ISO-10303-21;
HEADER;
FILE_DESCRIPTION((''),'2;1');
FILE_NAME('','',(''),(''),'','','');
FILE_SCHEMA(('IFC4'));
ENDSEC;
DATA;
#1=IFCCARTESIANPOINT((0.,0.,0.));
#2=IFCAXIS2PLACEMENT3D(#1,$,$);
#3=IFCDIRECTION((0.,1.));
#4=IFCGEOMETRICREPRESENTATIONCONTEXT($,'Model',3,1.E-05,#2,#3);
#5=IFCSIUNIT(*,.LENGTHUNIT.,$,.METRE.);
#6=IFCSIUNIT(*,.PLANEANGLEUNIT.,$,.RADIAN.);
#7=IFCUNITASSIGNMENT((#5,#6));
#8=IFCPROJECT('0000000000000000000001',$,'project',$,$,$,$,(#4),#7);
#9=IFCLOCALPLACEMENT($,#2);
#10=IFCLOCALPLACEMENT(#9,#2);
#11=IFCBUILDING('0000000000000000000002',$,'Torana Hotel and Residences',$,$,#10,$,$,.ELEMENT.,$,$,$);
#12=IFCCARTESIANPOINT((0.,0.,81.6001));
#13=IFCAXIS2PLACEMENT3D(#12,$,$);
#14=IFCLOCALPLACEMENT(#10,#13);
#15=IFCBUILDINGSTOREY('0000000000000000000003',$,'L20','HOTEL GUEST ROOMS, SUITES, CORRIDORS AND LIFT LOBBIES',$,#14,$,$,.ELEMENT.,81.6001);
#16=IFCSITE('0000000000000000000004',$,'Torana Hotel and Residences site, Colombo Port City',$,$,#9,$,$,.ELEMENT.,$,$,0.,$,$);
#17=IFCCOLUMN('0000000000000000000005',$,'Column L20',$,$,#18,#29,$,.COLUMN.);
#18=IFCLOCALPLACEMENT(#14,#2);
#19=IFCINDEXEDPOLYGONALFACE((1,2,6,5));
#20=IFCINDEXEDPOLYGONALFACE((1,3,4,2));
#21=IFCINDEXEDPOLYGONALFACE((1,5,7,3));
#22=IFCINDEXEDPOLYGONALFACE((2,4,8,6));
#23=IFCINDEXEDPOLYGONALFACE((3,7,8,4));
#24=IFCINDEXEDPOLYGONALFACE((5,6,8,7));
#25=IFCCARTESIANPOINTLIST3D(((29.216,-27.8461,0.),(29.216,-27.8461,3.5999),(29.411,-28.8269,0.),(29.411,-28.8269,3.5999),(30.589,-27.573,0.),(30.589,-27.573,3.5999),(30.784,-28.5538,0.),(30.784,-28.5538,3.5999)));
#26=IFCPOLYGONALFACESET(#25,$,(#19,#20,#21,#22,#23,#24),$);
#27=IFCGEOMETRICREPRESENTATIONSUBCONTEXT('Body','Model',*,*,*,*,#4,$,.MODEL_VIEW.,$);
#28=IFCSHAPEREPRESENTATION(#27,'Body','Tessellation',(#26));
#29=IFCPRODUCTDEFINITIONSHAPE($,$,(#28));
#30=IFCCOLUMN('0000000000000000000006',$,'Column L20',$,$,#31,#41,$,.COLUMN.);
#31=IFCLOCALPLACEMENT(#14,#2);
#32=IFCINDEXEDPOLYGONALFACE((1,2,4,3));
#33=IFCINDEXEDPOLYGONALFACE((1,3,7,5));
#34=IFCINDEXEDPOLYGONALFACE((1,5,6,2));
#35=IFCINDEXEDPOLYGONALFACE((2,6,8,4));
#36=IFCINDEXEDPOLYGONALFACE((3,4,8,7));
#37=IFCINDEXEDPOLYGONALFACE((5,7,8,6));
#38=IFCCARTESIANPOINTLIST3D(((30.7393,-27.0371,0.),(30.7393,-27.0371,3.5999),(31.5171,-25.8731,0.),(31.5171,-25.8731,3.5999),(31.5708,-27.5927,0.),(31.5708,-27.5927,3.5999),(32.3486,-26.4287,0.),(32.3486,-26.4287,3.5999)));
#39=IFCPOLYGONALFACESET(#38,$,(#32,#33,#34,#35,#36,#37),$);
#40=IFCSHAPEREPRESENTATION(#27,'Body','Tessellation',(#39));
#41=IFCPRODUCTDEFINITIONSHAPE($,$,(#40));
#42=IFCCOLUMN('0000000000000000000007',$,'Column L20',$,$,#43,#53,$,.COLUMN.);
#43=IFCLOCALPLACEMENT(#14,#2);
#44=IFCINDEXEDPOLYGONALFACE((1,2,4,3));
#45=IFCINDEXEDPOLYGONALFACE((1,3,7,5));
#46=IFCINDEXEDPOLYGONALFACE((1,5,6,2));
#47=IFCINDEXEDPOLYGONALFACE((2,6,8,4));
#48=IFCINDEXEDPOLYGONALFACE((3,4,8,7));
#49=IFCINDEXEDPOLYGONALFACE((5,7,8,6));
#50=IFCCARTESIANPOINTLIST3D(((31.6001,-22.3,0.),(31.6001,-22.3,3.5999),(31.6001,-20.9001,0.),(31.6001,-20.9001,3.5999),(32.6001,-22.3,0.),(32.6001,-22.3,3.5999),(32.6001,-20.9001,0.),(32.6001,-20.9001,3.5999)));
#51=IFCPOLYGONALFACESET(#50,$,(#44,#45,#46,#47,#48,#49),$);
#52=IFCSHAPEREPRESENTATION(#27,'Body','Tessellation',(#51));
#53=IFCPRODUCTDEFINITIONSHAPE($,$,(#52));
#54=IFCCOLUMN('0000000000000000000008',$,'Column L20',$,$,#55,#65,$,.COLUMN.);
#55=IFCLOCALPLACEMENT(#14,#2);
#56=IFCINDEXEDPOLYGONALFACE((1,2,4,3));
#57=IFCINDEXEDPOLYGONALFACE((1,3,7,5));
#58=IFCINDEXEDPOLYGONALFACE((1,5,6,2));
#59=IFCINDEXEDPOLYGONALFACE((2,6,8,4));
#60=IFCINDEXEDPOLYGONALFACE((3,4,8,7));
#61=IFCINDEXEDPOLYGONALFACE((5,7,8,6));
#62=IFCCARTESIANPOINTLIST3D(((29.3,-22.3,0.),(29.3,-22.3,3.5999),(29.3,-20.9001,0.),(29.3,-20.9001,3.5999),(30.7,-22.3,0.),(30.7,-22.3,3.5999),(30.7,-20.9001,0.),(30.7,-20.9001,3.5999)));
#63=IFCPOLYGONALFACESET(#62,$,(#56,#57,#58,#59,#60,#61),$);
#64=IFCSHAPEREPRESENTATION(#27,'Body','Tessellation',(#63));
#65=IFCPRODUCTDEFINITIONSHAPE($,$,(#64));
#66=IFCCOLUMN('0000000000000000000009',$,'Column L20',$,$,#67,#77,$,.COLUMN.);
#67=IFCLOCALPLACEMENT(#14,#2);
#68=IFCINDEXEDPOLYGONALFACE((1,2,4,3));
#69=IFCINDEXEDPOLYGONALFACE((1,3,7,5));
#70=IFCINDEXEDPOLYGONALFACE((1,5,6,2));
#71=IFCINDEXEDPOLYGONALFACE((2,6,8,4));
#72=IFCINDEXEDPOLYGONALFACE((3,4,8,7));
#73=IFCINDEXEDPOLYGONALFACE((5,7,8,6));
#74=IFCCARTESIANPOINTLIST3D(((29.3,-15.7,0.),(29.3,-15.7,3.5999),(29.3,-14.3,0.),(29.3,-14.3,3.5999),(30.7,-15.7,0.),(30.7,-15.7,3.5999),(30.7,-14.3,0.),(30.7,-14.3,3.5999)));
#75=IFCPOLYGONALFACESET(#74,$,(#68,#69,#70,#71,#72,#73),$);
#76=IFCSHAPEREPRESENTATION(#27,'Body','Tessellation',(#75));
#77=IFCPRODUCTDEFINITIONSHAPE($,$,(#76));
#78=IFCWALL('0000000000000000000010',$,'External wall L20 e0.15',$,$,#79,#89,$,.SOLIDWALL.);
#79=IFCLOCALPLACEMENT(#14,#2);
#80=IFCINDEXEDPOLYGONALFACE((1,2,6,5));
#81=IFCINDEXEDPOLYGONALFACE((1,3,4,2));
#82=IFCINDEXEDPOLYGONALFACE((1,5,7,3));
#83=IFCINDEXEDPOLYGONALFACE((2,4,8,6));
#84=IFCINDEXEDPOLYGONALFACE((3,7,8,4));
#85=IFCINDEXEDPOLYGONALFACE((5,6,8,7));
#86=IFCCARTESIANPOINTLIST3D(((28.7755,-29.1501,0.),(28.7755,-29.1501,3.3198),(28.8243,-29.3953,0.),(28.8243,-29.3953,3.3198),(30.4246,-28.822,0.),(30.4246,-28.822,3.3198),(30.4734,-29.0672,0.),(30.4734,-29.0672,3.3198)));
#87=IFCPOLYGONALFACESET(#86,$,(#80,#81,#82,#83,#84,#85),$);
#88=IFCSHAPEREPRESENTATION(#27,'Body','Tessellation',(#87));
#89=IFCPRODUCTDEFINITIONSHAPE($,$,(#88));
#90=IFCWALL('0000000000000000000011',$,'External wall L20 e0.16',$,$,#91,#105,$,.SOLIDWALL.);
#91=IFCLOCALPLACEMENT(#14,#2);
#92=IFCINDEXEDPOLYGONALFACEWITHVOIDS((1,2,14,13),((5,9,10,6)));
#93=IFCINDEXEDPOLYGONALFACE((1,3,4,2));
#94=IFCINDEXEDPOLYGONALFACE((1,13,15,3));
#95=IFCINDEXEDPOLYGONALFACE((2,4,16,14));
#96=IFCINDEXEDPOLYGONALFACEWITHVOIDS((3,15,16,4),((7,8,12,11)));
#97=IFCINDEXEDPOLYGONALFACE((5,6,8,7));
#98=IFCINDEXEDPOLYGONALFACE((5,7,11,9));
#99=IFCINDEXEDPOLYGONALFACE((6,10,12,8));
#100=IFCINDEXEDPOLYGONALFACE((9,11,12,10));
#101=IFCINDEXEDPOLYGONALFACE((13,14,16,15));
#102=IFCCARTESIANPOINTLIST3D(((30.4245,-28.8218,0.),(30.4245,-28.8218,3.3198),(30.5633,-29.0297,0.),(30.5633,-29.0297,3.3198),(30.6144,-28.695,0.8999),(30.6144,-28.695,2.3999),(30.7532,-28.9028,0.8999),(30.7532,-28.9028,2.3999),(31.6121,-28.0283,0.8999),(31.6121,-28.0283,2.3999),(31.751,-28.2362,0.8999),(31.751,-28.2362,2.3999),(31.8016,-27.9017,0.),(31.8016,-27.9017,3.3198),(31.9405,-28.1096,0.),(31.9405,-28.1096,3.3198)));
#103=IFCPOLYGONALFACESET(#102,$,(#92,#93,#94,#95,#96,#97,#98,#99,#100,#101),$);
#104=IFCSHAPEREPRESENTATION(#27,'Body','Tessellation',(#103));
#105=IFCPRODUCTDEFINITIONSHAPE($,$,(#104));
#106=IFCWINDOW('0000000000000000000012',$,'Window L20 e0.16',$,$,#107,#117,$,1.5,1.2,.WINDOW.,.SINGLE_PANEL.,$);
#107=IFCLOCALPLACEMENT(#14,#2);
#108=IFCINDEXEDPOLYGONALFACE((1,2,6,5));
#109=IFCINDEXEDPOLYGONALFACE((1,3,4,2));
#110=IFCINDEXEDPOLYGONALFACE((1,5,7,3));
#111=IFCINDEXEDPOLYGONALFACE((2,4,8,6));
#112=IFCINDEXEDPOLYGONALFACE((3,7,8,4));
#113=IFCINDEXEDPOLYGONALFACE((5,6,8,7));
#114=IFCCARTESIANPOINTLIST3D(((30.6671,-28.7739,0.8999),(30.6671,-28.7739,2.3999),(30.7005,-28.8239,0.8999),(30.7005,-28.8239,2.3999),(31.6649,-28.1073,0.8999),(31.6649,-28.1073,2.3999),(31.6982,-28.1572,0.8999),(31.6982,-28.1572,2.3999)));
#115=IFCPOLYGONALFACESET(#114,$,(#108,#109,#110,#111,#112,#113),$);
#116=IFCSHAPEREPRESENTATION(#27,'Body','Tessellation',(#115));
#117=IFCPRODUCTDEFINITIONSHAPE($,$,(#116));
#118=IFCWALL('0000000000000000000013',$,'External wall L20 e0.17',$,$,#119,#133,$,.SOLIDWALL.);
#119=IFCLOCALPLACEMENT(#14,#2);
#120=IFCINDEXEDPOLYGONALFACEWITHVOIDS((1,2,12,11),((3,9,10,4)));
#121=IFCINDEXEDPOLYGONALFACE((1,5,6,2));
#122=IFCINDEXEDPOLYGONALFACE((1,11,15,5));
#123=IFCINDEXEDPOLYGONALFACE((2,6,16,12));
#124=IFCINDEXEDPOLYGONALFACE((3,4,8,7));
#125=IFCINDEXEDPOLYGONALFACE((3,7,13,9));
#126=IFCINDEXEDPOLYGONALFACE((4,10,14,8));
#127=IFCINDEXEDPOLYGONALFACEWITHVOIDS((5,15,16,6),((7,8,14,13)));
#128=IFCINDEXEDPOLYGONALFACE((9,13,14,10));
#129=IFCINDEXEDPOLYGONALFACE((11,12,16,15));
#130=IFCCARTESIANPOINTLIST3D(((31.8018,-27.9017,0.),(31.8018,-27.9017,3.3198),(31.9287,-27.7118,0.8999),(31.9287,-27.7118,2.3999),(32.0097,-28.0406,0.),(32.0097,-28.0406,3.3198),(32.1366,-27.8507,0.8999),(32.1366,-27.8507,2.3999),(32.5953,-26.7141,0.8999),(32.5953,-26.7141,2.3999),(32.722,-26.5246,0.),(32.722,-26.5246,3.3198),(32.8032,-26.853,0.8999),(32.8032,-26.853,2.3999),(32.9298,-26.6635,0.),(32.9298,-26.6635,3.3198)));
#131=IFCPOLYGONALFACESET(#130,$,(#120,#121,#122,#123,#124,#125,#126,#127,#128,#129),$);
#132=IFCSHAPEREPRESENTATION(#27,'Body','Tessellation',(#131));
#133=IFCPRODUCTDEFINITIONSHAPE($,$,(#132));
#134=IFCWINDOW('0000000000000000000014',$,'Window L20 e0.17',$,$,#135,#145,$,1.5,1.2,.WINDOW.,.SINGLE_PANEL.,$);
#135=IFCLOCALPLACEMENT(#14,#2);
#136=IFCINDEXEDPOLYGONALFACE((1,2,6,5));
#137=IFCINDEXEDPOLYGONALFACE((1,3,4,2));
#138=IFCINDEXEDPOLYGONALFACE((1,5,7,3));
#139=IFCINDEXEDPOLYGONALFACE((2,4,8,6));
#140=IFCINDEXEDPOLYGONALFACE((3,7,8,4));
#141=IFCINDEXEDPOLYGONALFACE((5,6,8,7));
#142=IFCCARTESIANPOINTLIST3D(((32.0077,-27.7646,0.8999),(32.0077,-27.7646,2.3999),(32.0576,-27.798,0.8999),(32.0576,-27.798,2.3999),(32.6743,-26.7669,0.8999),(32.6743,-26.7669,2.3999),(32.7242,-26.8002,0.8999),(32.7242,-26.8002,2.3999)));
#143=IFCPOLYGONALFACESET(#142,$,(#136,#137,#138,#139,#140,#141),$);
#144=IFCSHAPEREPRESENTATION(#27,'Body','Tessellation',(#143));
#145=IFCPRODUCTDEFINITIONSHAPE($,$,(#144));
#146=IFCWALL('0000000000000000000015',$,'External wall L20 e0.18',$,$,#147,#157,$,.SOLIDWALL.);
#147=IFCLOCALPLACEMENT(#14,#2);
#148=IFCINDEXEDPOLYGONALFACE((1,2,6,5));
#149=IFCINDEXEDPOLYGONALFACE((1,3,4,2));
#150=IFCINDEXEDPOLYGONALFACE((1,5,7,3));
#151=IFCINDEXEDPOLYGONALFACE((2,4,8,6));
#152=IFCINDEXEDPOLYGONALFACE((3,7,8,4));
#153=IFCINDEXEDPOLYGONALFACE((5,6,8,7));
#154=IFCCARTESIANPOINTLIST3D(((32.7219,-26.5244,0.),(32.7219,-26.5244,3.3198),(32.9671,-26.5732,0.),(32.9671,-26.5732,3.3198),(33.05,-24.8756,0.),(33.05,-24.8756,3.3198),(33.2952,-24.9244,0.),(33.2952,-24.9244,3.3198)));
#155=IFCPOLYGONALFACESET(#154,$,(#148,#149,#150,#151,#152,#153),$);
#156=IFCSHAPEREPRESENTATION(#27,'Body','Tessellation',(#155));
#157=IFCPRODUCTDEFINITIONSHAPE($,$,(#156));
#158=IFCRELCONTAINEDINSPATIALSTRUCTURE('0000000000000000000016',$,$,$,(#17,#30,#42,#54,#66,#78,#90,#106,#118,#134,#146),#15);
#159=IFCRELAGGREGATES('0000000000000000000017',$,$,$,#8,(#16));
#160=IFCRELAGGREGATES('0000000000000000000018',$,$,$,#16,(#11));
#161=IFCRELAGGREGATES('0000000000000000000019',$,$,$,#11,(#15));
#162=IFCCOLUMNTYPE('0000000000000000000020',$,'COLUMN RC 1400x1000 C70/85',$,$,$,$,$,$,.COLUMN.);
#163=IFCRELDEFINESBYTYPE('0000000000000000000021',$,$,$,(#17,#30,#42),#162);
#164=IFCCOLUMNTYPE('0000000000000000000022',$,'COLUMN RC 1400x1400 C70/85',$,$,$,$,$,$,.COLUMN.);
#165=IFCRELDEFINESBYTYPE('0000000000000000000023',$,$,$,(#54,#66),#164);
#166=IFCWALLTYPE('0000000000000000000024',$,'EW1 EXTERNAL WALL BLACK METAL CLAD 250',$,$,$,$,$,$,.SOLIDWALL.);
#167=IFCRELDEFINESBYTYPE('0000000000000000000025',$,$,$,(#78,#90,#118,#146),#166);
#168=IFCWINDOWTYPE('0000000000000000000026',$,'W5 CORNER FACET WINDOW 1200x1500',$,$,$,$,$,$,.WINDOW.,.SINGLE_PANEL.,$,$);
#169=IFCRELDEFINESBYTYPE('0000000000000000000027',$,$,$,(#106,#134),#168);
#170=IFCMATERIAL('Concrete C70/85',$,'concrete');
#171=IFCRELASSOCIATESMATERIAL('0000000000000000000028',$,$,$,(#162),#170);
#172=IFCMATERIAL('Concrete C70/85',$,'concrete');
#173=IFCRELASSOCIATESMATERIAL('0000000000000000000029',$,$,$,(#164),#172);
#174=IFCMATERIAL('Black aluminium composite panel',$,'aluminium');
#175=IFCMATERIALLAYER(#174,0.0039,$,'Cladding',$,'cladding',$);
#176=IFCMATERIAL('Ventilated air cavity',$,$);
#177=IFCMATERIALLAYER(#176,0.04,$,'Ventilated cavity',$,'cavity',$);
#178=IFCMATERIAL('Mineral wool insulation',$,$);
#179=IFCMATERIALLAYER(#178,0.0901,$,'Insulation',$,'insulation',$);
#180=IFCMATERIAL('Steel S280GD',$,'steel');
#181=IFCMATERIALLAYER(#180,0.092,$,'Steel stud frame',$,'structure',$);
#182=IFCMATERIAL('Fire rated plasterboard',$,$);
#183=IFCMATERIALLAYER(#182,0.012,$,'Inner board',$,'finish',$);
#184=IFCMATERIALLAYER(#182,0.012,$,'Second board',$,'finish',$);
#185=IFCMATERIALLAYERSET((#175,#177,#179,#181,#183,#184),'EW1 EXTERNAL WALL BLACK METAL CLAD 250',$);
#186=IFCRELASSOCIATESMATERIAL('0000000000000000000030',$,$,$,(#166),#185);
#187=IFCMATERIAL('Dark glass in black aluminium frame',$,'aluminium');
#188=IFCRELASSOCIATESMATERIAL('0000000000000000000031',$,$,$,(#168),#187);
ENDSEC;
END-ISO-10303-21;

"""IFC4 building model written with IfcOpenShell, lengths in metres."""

from ifc_helpers import new_model, si_unit, direction, frame, frame_2d, origin, origin_2d, place, context, subcontext, project, spatial, rectangle, extrude, material, layer, layer_set, material_profile, profile_set, type_object, element, fill, save


model = new_model("IFC4")

# Units and contexts
model_context = context("Model", 3, precision=1e-05, world=origin(), true_north=direction((0.0, 1.0)))
body_context = subcontext(model_context, "Body", "Model", "MODEL_VIEW")
ifc_project = project(units=[si_unit("LENGTHUNIT", "METRE"), si_unit("PLANEANGLEUNIT", "RADIAN")], contexts=[model_context])

# Site, building, storey
site_placement = place(None, origin())
site = spatial("IfcSite", under=ifc_project, at=site_placement, Name="Torana Hotel and Residences site, Colombo Port City", CompositionType="ELEMENT", RefElevation=0.0)
building_placement = place(site_placement, origin())
building = spatial("IfcBuilding", under=site, at=building_placement, Name="Torana Hotel and Residences", CompositionType="ELEMENT")
storey_placement = place(building_placement, frame((0.0, 0.0, 81.6001)))
storey = spatial("IfcBuildingStorey", under=building, at=storey_placement, Name="L20", Description="HOTEL GUEST ROOMS, SUITES, CORRIDORS AND LIFT LOBBIES", CompositionType="ELEMENT", Elevation=81.6001)

# Columns
ifc_material_1 = material(Name="Concrete C70/85", Category="concrete")
ifc_material_profile_1 = material_profile(ifc_material_1, rectangle(XDim=1.3999, YDim=1.0, at=origin_2d()), Name="RC 1400x1000")
ifc_profile_set_1 = profile_set([ifc_material_profile_1], Name="Concrete C70/85")
column_type_1 = type_object("IfcColumnType", Name="COLUMN RC 1400x1000 C70/85", PredefinedType="COLUMN", material=ifc_profile_set_1)
for number, where, z_axis, x_axis, name in (
    (1, (30.0, -28.2, 0.0), (0.0, 0.0, 1.0), (0.980792, 0.195056, 0.0), "Column L20"),
    (2, (31.5439, -26.7329, 0.0), (0.0, 0.0, 1.0), (0.555585, 0.83146, 0.0), "Column L20"),
    (3, (32.1001, -21.6001, 0.0), (0.0, 0.0, 1.0), (0.0, 1.0, 0.0), "Column L20"),
):
    element("IfcColumn", number, at=place(storey_placement, frame(where, z_axis=z_axis, x_axis=x_axis)), inside=storey, type_object=column_type_1, Name=name, PredefinedType="COLUMN", context=body_context, shape_type="SweptSolid", body=[
        extrude(rectangle(XDim=1.3999, YDim=1.0, at=origin_2d()), origin(), (0.0, 0.0, 1.0), 3.5999),
    ])
ifc_material_2 = material(Name="Concrete C70/85", Category="concrete")
ifc_material_profile_2 = material_profile(ifc_material_2, rectangle(XDim=1.3999, YDim=1.3999, at=origin_2d()), Name="RC 1400x1400")
ifc_profile_set_2 = profile_set([ifc_material_profile_2], Name="Concrete C70/85")
column_type_2 = type_object("IfcColumnType", Name="COLUMN RC 1400x1400 C70/85", PredefinedType="COLUMN", material=ifc_profile_set_2)
for number, where, z_axis, x_axis, name in (
    (4, (30.0, -21.6001, 0.0), (0.0, 0.0, 1.0), (1.0, 0.0, 0.0), "Column L20"),
    (5, (30.0, -15.0, 0.0), (0.0, 0.0, 1.0), (1.0, 0.0, 0.0), "Column L20"),
):
    element("IfcColumn", number, at=place(storey_placement, frame(where, z_axis=z_axis, x_axis=x_axis)), inside=storey, type_object=column_type_2, Name=name, PredefinedType="COLUMN", context=body_context, shape_type="SweptSolid", body=[
        extrude(rectangle(XDim=1.3999, YDim=1.3999, at=origin_2d()), origin(), (0.0, 0.0, 1.0), 3.5999),
    ])

# Wall
ifc_material_3 = material(Name="Black aluminium composite panel", Category="aluminium")
ifc_layer_1 = layer(ifc_material_3, 0.0039, Name="Cladding", Category="cladding")
ifc_material_4 = material(Name="Ventilated air cavity")
ifc_layer_2 = layer(ifc_material_4, 0.04, Name="Ventilated cavity", Category="cavity")
ifc_material_5 = material(Name="Mineral wool insulation")
ifc_layer_3 = layer(ifc_material_5, 0.0901, Name="Insulation", Category="insulation")
ifc_material_6 = material(Name="Steel S280GD", Category="steel")
ifc_layer_4 = layer(ifc_material_6, 0.092, Name="Steel stud frame", Category="structure")
ifc_material_7 = material(Name="Fire rated plasterboard")
ifc_layer_5 = layer(ifc_material_7, 0.012, Name="Inner board", Category="finish")
ifc_layer_6 = layer(ifc_material_7, 0.012, Name="Second board", Category="finish")
ifc_layer_set_1 = layer_set([ifc_layer_1, ifc_layer_2, ifc_layer_3, ifc_layer_4, ifc_layer_5, ifc_layer_6], Name="EW1 EXTERNAL WALL BLACK METAL CLAD 250")
wall_type_1 = type_object("IfcWallType", Name="EW1 EXTERNAL WALL BLACK METAL CLAD 250", PredefinedType="SOLIDWALL", material=ifc_layer_set_1)
wall_1_placement = place(storey_placement, frame((28.7998, -29.2727, 0.0), z_axis=(0.0, 0.0, 1.0), x_axis=(0.980776, 0.195139, 0.0)))
element("IfcWall", 6, at=wall_1_placement, inside=storey, type_object=wall_type_1, Name="External wall L20 e0.15", PredefinedType="SOLIDWALL", context=body_context, shape_type="SweptSolid", body=[
    extrude(rectangle(XDim=1.6814, YDim=0.25, at=frame_2d((0.8408, 0.0))), origin(), (0.0, 0.0, 1.0), 3.3198),
])

# Walls, openings, windows
wall_2_placement = place(storey_placement, frame((30.4939, -28.9258, 0.0), z_axis=(0.0, 0.0, 1.0), x_axis=(0.831483, 0.55555, 0.0)))
wall_2 = element("IfcWall", 7, at=wall_2_placement, inside=storey, type_object=wall_type_1, Name="External wall L20 e0.16", PredefinedType="SOLIDWALL", context=body_context, shape_type="SweptSolid", body=[
    extrude(rectangle(XDim=1.6562, YDim=0.25, at=frame_2d((0.8281, 0.0))), origin(), (0.0, 0.0, 1.0), 3.3198),
])
opening_1_placement = place(wall_2_placement, frame((0.2283, 0.0, 0.8999)))
opening_1 = element("IfcOpeningElement", 8, at=opening_1_placement, cuts=wall_2, PredefinedType="OPENING", context=body_context, shape_type="SweptSolid", body=[
    extrude(rectangle(XDim=1.2, YDim=1.5, at=frame_2d((0.6001, 0.75))), frame((0.0, 0.135, 0.0), z_axis=(0.0, -1.0, 0.0), x_axis=(1.0, 0.0, 0.0)), (0.0, 0.0, 1.0), 0.27),
])
ifc_material_8 = material(Name="Dark glass in black aluminium frame", Category="aluminium")
window_type_1 = type_object("IfcWindowType", Name="W5 CORNER FACET WINDOW 1200x1500", PartitioningType="SINGLE_PANEL", PredefinedType="WINDOW", material=ifc_material_8)
window_1_placement = place(opening_1_placement, origin())
window_1 = element("IfcWindow", 9, at=window_1_placement, inside=storey, type_object=window_type_1, Name="Window L20 e0.16", OverallHeight=1.5, OverallWidth=1.2, PartitioningType="SINGLE_PANEL", PredefinedType="WINDOW", context=body_context, shape_type="SweptSolid", body=[
    extrude(rectangle(XDim=1.2, YDim=1.5, at=frame_2d((0.6001, 0.75))), frame((0.0, 0.03, 0.0), z_axis=(0.0, -1.0, 0.0), x_axis=(1.0, 0.0, 0.0)), (0.0, 0.0, 1.0), 0.0601),
])
fill(opening_1, window_1)
wall_3_placement = place(storey_placement, frame((31.9058, -27.9712, 0.0), z_axis=(0.0, 0.0, 1.0), x_axis=(0.55555, 0.831483, 0.0)))
wall_3 = element("IfcWall", 10, at=wall_3_placement, inside=storey, type_object=wall_type_1, Name="External wall L20 e0.17", PredefinedType="SOLIDWALL", context=body_context, shape_type="SweptSolid", body=[
    extrude(rectangle(XDim=1.6562, YDim=0.25, at=frame_2d((0.8281, 0.0))), origin(), (0.0, 0.0, 1.0), 3.3198),
])
opening_2_placement = place(wall_3_placement, frame((0.2283, 0.0, 0.8999)))
opening_2 = element("IfcOpeningElement", 11, at=opening_2_placement, cuts=wall_3, PredefinedType="OPENING", context=body_context, shape_type="SweptSolid", body=[
    extrude(rectangle(XDim=1.2, YDim=1.5, at=frame_2d((0.6001, 0.75))), frame((0.0, 0.135, 0.0), z_axis=(0.0, -1.0, 0.0), x_axis=(1.0, 0.0, 0.0)), (0.0, 0.0, 1.0), 0.27),
])
window_2_placement = place(opening_2_placement, origin())
window_2 = element("IfcWindow", 12, at=window_2_placement, inside=storey, type_object=window_type_1, Name="Window L20 e0.17", OverallHeight=1.5, OverallWidth=1.2, PartitioningType="SINGLE_PANEL", PredefinedType="WINDOW", context=body_context, shape_type="SweptSolid", body=[
    extrude(rectangle(XDim=1.2, YDim=1.5, at=frame_2d((0.6001, 0.75))), frame((0.0, 0.03, 0.0), z_axis=(0.0, -1.0, 0.0), x_axis=(1.0, 0.0, 0.0)), (0.0, 0.0, 1.0), 0.0601),
])
fill(opening_2, window_2)

# Wall
wall_4_placement = place(storey_placement, frame((32.8445, -26.5488, 0.0), z_axis=(0.0, 0.0, 1.0), x_axis=(0.195167, 0.98077, 0.0)))
element("IfcWall", 13, at=wall_4_placement, inside=storey, type_object=wall_type_1, Name="External wall L20 e0.18", PredefinedType="SOLIDWALL", context=body_context, shape_type="SweptSolid", body=[
    extrude(rectangle(XDim=1.6812, YDim=0.25, at=frame_2d((0.8406, 0.0))), origin(), (0.0, 0.0, 1.0), 3.3198),
])

save(model, "model.ifc")
